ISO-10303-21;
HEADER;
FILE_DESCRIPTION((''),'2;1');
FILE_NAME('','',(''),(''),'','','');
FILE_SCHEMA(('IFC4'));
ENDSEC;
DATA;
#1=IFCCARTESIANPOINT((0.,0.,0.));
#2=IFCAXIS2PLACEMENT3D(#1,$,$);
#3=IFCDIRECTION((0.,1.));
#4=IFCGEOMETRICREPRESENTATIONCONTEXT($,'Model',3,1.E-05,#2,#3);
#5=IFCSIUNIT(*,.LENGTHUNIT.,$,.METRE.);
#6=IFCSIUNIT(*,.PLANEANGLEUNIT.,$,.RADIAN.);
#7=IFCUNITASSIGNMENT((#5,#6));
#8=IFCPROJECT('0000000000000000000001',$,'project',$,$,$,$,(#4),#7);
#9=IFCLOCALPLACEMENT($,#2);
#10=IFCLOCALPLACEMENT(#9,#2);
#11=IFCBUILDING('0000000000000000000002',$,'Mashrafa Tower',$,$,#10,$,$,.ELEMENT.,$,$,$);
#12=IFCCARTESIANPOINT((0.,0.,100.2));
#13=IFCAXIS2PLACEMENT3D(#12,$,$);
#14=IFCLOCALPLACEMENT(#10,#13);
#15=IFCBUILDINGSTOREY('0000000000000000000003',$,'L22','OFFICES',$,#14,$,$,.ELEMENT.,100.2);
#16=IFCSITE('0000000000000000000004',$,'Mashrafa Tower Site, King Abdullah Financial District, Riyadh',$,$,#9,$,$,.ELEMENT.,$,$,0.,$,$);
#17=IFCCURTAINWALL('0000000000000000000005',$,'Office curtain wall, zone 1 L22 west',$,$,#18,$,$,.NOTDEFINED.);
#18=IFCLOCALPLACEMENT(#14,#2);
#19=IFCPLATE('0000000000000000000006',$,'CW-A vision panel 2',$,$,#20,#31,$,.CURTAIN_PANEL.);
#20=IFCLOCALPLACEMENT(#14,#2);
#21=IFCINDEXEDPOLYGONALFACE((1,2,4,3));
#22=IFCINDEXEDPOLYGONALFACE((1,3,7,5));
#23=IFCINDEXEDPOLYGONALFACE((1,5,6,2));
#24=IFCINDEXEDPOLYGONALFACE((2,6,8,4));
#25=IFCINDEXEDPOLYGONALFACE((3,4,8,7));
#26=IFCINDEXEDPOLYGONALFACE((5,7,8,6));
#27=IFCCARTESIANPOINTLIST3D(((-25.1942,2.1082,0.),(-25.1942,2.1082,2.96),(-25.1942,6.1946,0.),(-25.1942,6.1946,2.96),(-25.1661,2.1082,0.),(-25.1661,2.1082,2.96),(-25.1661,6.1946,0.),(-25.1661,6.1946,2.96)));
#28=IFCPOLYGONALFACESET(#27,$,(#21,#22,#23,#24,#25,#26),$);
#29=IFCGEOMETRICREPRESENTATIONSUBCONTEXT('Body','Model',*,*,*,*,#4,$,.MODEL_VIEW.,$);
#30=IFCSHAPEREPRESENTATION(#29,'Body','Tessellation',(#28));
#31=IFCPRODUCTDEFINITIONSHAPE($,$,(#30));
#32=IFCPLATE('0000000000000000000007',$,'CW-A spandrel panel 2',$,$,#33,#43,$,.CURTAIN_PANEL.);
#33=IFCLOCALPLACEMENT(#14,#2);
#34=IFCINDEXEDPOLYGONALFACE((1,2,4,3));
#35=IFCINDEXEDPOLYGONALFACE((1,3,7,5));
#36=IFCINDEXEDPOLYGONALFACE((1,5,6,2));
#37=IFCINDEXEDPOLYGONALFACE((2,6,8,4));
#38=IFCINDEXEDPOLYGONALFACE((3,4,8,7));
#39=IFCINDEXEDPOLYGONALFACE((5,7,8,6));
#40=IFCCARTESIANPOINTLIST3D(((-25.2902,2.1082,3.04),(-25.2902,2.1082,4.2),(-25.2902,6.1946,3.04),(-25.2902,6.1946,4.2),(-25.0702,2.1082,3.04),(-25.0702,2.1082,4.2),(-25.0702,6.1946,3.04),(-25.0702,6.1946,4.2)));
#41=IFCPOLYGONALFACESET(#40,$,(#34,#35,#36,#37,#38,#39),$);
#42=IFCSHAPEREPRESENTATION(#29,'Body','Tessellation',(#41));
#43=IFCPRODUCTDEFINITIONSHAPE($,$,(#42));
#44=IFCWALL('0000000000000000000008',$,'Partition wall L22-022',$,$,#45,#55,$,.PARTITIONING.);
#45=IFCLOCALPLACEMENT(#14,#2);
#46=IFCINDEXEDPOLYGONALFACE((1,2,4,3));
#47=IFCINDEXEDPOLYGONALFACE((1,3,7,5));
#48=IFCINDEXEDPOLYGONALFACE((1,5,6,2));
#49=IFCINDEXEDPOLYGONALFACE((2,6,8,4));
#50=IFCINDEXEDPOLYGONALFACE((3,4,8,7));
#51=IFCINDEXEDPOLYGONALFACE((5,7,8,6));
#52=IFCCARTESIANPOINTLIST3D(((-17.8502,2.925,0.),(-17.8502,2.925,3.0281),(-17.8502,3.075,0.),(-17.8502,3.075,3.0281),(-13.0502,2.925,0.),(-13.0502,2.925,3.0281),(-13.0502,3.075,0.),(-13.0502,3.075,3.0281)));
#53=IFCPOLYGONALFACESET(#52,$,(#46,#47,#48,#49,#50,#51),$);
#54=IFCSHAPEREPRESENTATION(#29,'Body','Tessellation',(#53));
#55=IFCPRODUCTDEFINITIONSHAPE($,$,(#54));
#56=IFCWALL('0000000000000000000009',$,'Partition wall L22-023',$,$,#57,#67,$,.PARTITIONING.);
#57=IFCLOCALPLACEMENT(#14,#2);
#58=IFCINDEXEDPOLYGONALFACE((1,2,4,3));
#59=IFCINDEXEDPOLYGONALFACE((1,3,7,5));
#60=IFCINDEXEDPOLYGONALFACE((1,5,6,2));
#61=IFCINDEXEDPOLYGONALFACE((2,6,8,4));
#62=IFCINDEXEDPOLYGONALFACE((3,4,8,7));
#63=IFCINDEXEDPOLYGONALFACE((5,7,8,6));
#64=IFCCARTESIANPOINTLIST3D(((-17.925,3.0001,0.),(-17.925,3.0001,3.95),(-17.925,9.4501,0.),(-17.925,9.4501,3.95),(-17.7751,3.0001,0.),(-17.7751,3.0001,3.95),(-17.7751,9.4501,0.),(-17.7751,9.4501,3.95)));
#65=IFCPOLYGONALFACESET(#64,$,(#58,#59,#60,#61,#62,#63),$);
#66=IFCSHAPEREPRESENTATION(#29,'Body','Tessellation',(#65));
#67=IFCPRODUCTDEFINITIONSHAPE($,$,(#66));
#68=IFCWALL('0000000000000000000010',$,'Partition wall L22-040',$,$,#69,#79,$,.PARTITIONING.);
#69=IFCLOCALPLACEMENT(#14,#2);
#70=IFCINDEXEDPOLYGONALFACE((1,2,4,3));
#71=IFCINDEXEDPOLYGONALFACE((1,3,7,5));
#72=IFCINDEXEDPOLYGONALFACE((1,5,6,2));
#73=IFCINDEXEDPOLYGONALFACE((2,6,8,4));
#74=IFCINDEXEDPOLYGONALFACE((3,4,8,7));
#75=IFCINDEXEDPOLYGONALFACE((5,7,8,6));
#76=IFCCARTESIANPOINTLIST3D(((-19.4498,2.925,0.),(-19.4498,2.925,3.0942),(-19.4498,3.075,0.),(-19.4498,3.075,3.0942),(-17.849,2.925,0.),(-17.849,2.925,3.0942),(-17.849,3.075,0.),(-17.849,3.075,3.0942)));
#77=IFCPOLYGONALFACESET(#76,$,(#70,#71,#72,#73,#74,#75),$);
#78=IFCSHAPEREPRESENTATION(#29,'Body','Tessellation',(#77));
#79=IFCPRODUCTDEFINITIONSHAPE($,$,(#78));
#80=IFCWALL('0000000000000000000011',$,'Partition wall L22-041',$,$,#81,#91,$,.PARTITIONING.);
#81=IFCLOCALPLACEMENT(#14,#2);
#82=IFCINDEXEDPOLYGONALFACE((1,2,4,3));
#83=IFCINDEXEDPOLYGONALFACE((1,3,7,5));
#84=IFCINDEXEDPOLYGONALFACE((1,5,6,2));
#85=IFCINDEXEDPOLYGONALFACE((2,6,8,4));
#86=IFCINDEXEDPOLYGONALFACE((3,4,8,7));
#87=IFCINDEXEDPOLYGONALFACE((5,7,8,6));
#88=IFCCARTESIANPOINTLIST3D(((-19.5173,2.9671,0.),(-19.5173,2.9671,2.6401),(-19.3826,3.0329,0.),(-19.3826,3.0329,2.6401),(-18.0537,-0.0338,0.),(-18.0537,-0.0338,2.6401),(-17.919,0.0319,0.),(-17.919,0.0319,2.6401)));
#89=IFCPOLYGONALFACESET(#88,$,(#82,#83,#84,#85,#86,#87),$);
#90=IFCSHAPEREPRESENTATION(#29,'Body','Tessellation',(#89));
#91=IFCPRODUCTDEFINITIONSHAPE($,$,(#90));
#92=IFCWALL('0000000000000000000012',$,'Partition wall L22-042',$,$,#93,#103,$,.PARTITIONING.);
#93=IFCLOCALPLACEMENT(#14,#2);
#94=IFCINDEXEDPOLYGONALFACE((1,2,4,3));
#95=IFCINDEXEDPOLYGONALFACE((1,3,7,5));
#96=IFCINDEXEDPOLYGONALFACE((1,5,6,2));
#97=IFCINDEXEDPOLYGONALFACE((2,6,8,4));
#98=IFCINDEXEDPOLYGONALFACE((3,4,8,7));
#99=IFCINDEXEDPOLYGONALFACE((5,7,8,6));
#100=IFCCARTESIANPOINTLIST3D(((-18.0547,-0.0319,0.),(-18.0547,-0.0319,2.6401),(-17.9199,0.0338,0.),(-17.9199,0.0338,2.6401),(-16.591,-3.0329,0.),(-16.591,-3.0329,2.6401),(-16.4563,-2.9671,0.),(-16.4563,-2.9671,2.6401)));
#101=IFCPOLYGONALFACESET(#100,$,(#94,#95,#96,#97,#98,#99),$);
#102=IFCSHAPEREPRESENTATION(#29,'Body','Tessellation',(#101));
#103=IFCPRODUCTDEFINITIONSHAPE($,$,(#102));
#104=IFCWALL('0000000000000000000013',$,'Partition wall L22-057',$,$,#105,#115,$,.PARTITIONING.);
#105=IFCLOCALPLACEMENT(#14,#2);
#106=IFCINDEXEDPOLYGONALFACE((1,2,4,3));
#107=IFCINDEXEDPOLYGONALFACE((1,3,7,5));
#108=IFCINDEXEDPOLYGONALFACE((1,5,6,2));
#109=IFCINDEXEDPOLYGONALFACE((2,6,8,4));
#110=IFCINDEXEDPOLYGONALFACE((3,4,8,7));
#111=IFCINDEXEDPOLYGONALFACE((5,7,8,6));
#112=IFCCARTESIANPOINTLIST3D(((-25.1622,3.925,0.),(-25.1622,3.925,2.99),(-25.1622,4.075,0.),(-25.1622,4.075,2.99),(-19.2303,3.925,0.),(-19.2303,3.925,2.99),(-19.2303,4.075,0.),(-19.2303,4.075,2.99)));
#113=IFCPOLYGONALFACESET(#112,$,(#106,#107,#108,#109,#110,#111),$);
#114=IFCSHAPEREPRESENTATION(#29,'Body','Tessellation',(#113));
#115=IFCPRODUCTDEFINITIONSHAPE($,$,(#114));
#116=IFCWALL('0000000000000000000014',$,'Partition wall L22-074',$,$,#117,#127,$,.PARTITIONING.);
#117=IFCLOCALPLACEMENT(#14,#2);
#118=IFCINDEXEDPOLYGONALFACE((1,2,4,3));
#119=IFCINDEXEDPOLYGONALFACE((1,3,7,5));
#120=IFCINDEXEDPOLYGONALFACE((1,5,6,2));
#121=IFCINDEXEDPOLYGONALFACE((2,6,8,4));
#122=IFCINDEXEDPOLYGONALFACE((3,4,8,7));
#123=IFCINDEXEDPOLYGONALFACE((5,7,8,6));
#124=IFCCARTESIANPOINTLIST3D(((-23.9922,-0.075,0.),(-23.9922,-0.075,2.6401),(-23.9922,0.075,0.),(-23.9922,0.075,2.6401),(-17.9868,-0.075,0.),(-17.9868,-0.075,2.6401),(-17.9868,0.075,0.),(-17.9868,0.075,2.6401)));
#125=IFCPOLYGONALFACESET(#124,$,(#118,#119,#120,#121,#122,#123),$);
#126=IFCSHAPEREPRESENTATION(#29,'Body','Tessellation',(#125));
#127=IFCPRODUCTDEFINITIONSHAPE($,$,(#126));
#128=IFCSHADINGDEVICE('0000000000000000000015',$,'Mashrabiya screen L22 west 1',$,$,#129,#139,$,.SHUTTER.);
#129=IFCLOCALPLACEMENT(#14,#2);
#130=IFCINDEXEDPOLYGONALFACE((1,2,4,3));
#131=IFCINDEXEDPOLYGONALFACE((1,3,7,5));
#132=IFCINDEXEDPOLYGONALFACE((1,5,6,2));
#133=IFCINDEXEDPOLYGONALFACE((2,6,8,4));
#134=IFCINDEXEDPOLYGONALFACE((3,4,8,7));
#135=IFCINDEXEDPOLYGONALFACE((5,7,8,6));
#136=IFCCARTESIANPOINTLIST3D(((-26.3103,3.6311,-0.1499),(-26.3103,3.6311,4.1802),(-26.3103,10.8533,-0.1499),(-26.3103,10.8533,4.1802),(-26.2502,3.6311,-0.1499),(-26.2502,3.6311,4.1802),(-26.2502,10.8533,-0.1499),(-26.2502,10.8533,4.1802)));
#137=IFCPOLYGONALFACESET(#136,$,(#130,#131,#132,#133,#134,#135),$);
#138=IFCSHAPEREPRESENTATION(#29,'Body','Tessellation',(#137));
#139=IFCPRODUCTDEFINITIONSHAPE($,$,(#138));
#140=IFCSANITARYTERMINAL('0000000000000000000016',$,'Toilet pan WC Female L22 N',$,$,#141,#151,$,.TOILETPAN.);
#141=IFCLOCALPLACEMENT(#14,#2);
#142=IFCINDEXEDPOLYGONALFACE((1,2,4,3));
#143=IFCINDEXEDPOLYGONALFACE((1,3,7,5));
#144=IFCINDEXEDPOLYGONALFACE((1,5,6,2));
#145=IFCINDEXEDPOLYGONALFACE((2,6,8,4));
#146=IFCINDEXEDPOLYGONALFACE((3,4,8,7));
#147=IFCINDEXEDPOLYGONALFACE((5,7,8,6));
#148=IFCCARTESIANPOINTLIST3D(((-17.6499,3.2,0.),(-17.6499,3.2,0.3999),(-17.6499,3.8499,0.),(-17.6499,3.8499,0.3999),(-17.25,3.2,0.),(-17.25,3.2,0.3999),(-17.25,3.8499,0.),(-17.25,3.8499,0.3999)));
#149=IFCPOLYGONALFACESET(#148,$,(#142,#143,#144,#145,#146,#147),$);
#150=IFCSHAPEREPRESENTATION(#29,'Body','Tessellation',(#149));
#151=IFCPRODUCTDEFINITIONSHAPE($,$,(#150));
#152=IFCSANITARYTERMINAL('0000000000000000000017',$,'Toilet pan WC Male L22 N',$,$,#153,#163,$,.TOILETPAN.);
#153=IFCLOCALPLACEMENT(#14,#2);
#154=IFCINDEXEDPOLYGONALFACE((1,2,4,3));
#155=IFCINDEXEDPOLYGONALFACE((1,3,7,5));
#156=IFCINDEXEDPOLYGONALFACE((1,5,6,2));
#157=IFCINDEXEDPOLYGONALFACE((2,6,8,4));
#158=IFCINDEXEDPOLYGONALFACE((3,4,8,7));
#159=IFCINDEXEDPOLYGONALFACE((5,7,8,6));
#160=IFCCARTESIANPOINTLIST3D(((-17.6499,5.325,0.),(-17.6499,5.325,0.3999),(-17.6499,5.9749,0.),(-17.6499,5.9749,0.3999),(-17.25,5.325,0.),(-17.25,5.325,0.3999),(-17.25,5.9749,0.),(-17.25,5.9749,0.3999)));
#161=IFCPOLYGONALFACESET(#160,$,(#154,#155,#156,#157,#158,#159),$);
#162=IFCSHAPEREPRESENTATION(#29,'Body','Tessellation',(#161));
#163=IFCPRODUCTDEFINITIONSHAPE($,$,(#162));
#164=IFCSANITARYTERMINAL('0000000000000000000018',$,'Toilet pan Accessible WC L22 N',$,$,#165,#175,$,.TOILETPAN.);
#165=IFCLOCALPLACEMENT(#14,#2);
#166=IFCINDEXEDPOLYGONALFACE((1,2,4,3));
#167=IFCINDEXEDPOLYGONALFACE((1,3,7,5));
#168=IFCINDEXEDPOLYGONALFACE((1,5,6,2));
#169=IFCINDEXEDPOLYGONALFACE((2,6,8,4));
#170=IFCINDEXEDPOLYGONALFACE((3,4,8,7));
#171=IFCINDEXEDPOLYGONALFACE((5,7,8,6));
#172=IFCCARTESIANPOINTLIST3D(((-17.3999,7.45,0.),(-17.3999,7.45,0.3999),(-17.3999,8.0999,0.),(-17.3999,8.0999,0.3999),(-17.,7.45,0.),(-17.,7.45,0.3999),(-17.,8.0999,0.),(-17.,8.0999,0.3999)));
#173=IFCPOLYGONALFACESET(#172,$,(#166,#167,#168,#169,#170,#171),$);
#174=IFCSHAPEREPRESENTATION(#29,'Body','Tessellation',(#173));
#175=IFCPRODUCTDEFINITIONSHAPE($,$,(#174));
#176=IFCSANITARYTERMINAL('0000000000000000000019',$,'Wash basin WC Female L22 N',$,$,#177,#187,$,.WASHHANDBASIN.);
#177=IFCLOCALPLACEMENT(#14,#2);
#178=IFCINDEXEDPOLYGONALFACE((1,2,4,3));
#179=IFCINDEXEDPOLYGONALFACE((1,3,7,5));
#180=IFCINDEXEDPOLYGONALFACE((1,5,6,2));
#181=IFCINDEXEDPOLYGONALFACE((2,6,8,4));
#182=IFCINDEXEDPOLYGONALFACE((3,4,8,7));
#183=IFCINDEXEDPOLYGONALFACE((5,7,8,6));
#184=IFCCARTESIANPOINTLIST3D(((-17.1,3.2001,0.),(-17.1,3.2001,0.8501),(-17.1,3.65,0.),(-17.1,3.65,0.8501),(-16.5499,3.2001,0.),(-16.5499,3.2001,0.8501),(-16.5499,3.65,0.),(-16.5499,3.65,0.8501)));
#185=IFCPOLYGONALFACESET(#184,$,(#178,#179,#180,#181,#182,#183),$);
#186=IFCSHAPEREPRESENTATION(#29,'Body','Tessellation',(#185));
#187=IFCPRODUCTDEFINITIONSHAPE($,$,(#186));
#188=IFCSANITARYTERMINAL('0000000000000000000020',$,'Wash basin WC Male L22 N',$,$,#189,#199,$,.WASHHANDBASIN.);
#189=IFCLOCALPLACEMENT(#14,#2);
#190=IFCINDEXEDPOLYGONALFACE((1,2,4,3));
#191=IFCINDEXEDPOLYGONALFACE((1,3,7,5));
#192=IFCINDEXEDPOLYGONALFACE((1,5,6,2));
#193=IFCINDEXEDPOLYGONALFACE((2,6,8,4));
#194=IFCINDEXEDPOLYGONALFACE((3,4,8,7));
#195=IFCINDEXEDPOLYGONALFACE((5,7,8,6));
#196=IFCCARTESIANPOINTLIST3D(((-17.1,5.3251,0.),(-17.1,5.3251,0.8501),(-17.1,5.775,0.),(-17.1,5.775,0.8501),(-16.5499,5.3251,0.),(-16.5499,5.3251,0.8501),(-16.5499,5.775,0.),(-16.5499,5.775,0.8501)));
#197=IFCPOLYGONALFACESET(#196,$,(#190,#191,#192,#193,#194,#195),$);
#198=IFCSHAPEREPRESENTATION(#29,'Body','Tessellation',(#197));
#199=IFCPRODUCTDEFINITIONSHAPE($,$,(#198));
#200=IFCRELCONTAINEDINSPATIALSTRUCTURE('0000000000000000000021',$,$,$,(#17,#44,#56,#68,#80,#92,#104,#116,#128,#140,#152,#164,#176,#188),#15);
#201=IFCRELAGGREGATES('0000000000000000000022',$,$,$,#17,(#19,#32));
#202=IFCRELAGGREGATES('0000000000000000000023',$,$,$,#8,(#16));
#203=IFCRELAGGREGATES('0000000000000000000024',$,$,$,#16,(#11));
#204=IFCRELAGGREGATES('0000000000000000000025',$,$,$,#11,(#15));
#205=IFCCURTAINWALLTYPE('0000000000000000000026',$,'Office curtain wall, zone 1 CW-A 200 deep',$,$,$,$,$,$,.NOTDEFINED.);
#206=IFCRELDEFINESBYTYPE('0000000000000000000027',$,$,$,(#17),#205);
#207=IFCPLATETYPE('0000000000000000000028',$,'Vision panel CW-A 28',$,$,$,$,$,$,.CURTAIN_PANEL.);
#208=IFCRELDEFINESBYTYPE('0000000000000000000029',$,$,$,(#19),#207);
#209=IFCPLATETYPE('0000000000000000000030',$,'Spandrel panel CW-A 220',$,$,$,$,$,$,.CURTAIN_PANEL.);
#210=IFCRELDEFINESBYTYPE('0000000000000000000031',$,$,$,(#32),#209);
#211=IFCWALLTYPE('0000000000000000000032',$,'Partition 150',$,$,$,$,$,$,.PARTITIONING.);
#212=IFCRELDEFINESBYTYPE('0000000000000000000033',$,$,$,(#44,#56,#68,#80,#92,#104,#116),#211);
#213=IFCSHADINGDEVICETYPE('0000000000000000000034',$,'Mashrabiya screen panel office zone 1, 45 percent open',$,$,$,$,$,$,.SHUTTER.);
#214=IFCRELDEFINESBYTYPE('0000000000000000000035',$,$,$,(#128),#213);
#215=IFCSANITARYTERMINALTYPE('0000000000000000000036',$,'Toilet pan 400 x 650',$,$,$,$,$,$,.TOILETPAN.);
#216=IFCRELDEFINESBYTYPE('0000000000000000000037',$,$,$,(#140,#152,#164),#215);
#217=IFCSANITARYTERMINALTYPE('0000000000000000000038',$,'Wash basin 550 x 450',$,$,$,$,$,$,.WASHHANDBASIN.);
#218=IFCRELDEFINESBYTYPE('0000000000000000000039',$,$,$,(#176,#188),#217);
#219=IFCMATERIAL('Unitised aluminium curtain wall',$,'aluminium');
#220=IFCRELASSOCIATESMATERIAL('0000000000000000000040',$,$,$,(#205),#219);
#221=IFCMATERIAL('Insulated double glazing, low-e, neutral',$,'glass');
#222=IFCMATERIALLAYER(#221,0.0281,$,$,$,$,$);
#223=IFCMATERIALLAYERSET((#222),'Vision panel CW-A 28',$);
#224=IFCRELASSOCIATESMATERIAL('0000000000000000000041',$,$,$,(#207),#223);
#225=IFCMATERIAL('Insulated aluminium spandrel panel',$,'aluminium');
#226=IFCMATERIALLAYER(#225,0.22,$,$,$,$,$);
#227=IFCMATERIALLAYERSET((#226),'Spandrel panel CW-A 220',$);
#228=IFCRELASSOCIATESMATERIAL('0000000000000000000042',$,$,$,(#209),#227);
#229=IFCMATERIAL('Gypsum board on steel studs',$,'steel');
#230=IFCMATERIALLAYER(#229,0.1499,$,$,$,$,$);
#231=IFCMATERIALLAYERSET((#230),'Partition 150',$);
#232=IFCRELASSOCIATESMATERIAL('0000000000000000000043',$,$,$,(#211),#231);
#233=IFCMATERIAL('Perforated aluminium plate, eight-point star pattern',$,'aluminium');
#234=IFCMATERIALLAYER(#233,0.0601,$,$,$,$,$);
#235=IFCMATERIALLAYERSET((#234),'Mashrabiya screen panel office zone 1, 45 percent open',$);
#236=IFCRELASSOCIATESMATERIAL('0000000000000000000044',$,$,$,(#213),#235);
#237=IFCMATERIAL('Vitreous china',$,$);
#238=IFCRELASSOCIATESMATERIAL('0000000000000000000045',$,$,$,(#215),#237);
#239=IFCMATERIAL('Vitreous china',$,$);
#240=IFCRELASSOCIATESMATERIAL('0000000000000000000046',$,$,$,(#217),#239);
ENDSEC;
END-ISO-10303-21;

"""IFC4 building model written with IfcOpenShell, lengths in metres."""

from ifc_helpers import new_model, si_unit, direction, frame, frame_2d, origin, origin_2d, place, context, subcontext, project, spatial, rectangle, extrude, source, transform, mapped, material, layer, layer_set, type_object, type_shapes, element, aggregate, save


model = new_model("IFC4")

# Units and contexts
model_context = context("Model", 3, precision=1e-05, world=origin(), true_north=direction((0.0, 1.0)))
body_context = subcontext(model_context, "Body", "Model", "MODEL_VIEW")
ifc_project = project(units=[si_unit("LENGTHUNIT", "METRE"), si_unit("PLANEANGLEUNIT", "RADIAN")], contexts=[model_context])

# Site, building, storey
site_placement = place(None, origin())
site = spatial("IfcSite", under=ifc_project, at=site_placement, Name="Mashrafa Tower Site, King Abdullah Financial District, Riyadh", CompositionType="ELEMENT", RefElevation=0.0)
building_placement = place(site_placement, origin())
building = spatial("IfcBuilding", under=site, at=building_placement, Name="Mashrafa Tower", CompositionType="ELEMENT")
storey_placement = place(building_placement, frame((0.0, 0.0, 100.2)))
storey = spatial("IfcBuildingStorey", under=building, at=storey_placement, Name="L22", Description="OFFICES", CompositionType="ELEMENT", Elevation=100.2)

# Curtain wall, plates
ifc_material_1 = material(Name="Unitised aluminium curtain wall", Category="aluminium")
curtain_wall_type = type_object("IfcCurtainWallType", Name="Office curtain wall, zone 1 CW-A 200 deep", PredefinedType="NOTDEFINED", material=ifc_material_1)
curtain_wall_placement = place(storey_placement, origin())
curtain_wall = element("IfcCurtainWall", 1, at=curtain_wall_placement, inside=storey, type_object=curtain_wall_type, Name="Office curtain wall, zone 1 L22 west", PredefinedType="NOTDEFINED")
ifc_material_2 = material(Name="Insulated double glazing, low-e, neutral", Category="glass")
ifc_layer_1 = layer(ifc_material_2, 0.0281)
ifc_layer_set_1 = layer_set([ifc_layer_1], Name="Vision panel CW-A 28")
plate_type_1 = type_object("IfcPlateType", Name="Vision panel CW-A 28", PredefinedType="CURTAIN_PANEL", material=ifc_layer_set_1)
ifc_material_3 = material(Name="Insulated aluminium spandrel panel", Category="aluminium")
ifc_layer_2 = layer(ifc_material_3, 0.22)
ifc_layer_set_2 = layer_set([ifc_layer_2], Name="Spandrel panel CW-A 220")
plate_type_2 = type_object("IfcPlateType", Name="Spandrel panel CW-A 220", PredefinedType="CURTAIN_PANEL", material=ifc_layer_set_2)
shared_shape_1 = source(origin(), body_context, "Body", "SweptSolid", [
    extrude(rectangle(XDim=4.0864, YDim=0.0281, at=origin_2d()), origin(), (0.0, 0.0, 1.0), 2.96),
])
plate_1_placement = place(storey_placement, frame((-25.1802, 4.1514, 0.0), z_axis=(0.0, 0.0, 1.0), x_axis=(0.0, -1.0, 0.0)))
plate_1 = element("IfcPlate", 2, at=plate_1_placement, type_object=plate_type_1, Name="CW-A vision panel 2", PredefinedType="CURTAIN_PANEL", context=body_context, shape_type="MappedRepresentation", body=[
    mapped(shared_shape_1, transform((0.0, 0.0, 0.0))),
])
shared_shape_2 = source(origin(), body_context, "Body", "SweptSolid", [
    extrude(rectangle(XDim=4.0864, YDim=0.22, at=origin_2d()), origin(), (0.0, 0.0, 1.0), 1.1599),
])
plate_2_placement = place(storey_placement, frame((-25.1802, 4.1514, 3.04), z_axis=(0.0, 0.0, 1.0), x_axis=(0.0, -1.0, 0.0)))
plate_2 = element("IfcPlate", 3, at=plate_2_placement, type_object=plate_type_2, Name="CW-A spandrel panel 2", PredefinedType="CURTAIN_PANEL", context=body_context, shape_type="MappedRepresentation", body=[
    mapped(shared_shape_2, transform((0.0, 0.0, 0.0))),
])
aggregate(curtain_wall, [plate_1, plate_2])

# Walls
ifc_material_4 = material(Name="Gypsum board on steel studs", Category="steel")
ifc_layer_3 = layer(ifc_material_4, 0.1499)
ifc_layer_set_3 = layer_set([ifc_layer_3], Name="Partition 150")
wall_type = type_object("IfcWallType", Name="Partition 150", PredefinedType="PARTITIONING", material=ifc_layer_set_3)
wall_1_placement = place(storey_placement, frame((-17.8501, 3.0, 0.0), z_axis=(0.0, 0.0, 1.0), x_axis=(1.0, 0.0, 0.0)))
element("IfcWall", 4, at=wall_1_placement, inside=storey, type_object=wall_type, Name="Partition wall L22-022", PredefinedType="PARTITIONING", context=body_context, shape_type="SweptSolid", body=[
    extrude(rectangle(XDim=4.8, YDim=0.1499, at=frame_2d((2.3999, 0.0))), origin(), (0.0, 0.0, 1.0), 3.0281),
])
wall_2_placement = place(storey_placement, frame((-17.8501, 3.0, 0.0), z_axis=(0.0, 0.0, 1.0), x_axis=(0.0, 1.0, 0.0)))
element("IfcWall", 5, at=wall_2_placement, inside=storey, type_object=wall_type, Name="Partition wall L22-023", PredefinedType="PARTITIONING", context=body_context, shape_type="SweptSolid", body=[
    extrude(rectangle(XDim=6.45, YDim=0.1499, at=frame_2d((3.2251, 0.0))), origin(), (0.0, 0.0, 1.0), 3.95),
])
wall_3_placement = place(storey_placement, frame((-17.8491, 3.0, 0.0), z_axis=(0.0, 0.0, 1.0), x_axis=(-1.0, 0.0, 0.0)))
element("IfcWall", 6, at=wall_3_placement, inside=storey, type_object=wall_type, Name="Partition wall L22-040", PredefinedType="PARTITIONING", context=body_context, shape_type="SweptSolid", body=[
    extrude(rectangle(XDim=1.6008, YDim=0.1499, at=frame_2d((0.8003, 0.0))), origin(), (0.0, 0.0, 1.0), 3.0942),
])
for number, where, z_axis, x_axis, name in (
    (7, (-19.45, 3.0, 0.0), (0.0, 0.0, 1.0), (0.438359, -0.8988, 0.0), "Partition wall L22-041"),
    (8, (-17.9873, 0.001, 0.0), (0.0, 0.0, 1.0), (0.438359, -0.8988, 0.0), "Partition wall L22-042"),
):
    element("IfcWall", number, at=place(storey_placement, frame(where, z_axis=z_axis, x_axis=x_axis)), inside=storey, type_object=wall_type, Name=name, PredefinedType="PARTITIONING", context=body_context, shape_type="SweptSolid", body=[
        extrude(rectangle(XDim=3.3389, YDim=0.1499, at=frame_2d((1.6694, 0.0))), origin(), (0.0, 0.0, 1.0), 2.6401),
    ])
wall_4_placement = place(storey_placement, frame((-25.1621, 4.0, 0.0), z_axis=(0.0, 0.0, 1.0), x_axis=(1.0, 0.0, 0.0)))
element("IfcWall", 9, at=wall_4_placement, inside=storey, type_object=wall_type, Name="Partition wall L22-057", PredefinedType="PARTITIONING", context=body_context, shape_type="SweptSolid", body=[
    extrude(rectangle(XDim=5.9319, YDim=0.1499, at=frame_2d((2.9658, 0.0))), origin(), (0.0, 0.0, 1.0), 2.99),
])

# Wall
wall_5_placement = place(storey_placement, frame((-23.9922, 0.0, 0.0), z_axis=(0.0, 0.0, 1.0), x_axis=(1.0, 0.0, 0.0)))
element("IfcWall", 10, at=wall_5_placement, inside=storey, type_object=wall_type, Name="Partition wall L22-074", PredefinedType="PARTITIONING", context=body_context, shape_type="SweptSolid", body=[
    extrude(rectangle(XDim=6.0054, YDim=0.1499, at=frame_2d((3.0027, 0.0))), origin(), (0.0, 0.0, 1.0), 2.6401),
])

# Shading device
ifc_material_5 = material(Name="Perforated aluminium plate, eight-point star pattern", Category="aluminium")
ifc_layer_4 = layer(ifc_material_5, 0.0601)
ifc_layer_set_4 = layer_set([ifc_layer_4], Name="Mashrabiya screen panel office zone 1, 45 percent open")
shading_device_type = type_object("IfcShadingDeviceType", Name="Mashrabiya screen panel office zone 1, 45 percent open", PredefinedType="SHUTTER", material=ifc_layer_set_4)
shared_shape_3 = source(origin(), body_context, "Body", "SweptSolid", [
    extrude(rectangle(XDim=7.2222, YDim=0.0601, at=origin_2d()), origin(), (0.0, 0.0, 1.0), 4.3301),
])
type_shapes(shading_device_type, [shared_shape_3])
shading_device_placement = place(storey_placement, frame((-26.2803, 7.2422, -0.1499), z_axis=(0.0, 0.0, 1.0), x_axis=(0.0, -1.0, 0.0)))
element("IfcShadingDevice", 11, at=shading_device_placement, inside=storey, type_object=shading_device_type, Name="Mashrabiya screen L22 west 1", PredefinedType="SHUTTER", context=body_context, shape_type="MappedRepresentation", body=[
    mapped(shared_shape_3, transform((0.0, 0.0, 0.0))),
])

# Sanitary terminals
ifc_material_6 = material(Name="Vitreous china")
sanitary_terminal_type_1 = type_object("IfcSanitaryTerminalType", Name="Toilet pan 400 x 650", PredefinedType="TOILETPAN", material=ifc_material_6)
for number, where, z_axis, x_axis, name in (
    (12, (-17.45, 3.5249, 0.0), (0.0, 0.0, 1.0), (1.0, 0.0, 0.0), "Toilet pan WC Female L22 N"),
    (13, (-17.45, 5.6499, 0.0), (0.0, 0.0, 1.0), (1.0, 0.0, 0.0), "Toilet pan WC Male L22 N"),
    (14, (-17.2, 7.7749, 0.0), (0.0, 0.0, 1.0), (1.0, 0.0, 0.0), "Toilet pan Accessible WC L22 N"),
):
    element("IfcSanitaryTerminal", number, at=place(storey_placement, frame(where, z_axis=z_axis, x_axis=x_axis)), inside=storey, type_object=sanitary_terminal_type_1, Name=name, PredefinedType="TOILETPAN", context=body_context, shape_type="SweptSolid", body=[
        extrude(rectangle(XDim=0.3999, YDim=0.6499, at=origin_2d()), origin(), (0.0, 0.0, 1.0), 0.3999),
    ])
ifc_material_7 = material(Name="Vitreous china")
sanitary_terminal_type_2 = type_object("IfcSanitaryTerminalType", Name="Wash basin 550 x 450", PredefinedType="WASHHANDBASIN", material=ifc_material_7)
for number, where, z_axis, x_axis, name in (
    (15, (-16.825, 3.425, 0.0), (0.0, 0.0, 1.0), (1.0, 0.0, 0.0), "Wash basin WC Female L22 N"),
    (16, (-16.825, 5.55, 0.0), (0.0, 0.0, 1.0), (1.0, 0.0, 0.0), "Wash basin WC Male L22 N"),
):
    element("IfcSanitaryTerminal", number, at=place(storey_placement, frame(where, z_axis=z_axis, x_axis=x_axis)), inside=storey, type_object=sanitary_terminal_type_2, Name=name, PredefinedType="WASHHANDBASIN", context=body_context, shape_type="SweptSolid", body=[
        extrude(rectangle(XDim=0.55, YDim=0.45, at=origin_2d()), origin(), (0.0, 0.0, 1.0), 0.8501),
    ])

save(model, "model.ifc")
